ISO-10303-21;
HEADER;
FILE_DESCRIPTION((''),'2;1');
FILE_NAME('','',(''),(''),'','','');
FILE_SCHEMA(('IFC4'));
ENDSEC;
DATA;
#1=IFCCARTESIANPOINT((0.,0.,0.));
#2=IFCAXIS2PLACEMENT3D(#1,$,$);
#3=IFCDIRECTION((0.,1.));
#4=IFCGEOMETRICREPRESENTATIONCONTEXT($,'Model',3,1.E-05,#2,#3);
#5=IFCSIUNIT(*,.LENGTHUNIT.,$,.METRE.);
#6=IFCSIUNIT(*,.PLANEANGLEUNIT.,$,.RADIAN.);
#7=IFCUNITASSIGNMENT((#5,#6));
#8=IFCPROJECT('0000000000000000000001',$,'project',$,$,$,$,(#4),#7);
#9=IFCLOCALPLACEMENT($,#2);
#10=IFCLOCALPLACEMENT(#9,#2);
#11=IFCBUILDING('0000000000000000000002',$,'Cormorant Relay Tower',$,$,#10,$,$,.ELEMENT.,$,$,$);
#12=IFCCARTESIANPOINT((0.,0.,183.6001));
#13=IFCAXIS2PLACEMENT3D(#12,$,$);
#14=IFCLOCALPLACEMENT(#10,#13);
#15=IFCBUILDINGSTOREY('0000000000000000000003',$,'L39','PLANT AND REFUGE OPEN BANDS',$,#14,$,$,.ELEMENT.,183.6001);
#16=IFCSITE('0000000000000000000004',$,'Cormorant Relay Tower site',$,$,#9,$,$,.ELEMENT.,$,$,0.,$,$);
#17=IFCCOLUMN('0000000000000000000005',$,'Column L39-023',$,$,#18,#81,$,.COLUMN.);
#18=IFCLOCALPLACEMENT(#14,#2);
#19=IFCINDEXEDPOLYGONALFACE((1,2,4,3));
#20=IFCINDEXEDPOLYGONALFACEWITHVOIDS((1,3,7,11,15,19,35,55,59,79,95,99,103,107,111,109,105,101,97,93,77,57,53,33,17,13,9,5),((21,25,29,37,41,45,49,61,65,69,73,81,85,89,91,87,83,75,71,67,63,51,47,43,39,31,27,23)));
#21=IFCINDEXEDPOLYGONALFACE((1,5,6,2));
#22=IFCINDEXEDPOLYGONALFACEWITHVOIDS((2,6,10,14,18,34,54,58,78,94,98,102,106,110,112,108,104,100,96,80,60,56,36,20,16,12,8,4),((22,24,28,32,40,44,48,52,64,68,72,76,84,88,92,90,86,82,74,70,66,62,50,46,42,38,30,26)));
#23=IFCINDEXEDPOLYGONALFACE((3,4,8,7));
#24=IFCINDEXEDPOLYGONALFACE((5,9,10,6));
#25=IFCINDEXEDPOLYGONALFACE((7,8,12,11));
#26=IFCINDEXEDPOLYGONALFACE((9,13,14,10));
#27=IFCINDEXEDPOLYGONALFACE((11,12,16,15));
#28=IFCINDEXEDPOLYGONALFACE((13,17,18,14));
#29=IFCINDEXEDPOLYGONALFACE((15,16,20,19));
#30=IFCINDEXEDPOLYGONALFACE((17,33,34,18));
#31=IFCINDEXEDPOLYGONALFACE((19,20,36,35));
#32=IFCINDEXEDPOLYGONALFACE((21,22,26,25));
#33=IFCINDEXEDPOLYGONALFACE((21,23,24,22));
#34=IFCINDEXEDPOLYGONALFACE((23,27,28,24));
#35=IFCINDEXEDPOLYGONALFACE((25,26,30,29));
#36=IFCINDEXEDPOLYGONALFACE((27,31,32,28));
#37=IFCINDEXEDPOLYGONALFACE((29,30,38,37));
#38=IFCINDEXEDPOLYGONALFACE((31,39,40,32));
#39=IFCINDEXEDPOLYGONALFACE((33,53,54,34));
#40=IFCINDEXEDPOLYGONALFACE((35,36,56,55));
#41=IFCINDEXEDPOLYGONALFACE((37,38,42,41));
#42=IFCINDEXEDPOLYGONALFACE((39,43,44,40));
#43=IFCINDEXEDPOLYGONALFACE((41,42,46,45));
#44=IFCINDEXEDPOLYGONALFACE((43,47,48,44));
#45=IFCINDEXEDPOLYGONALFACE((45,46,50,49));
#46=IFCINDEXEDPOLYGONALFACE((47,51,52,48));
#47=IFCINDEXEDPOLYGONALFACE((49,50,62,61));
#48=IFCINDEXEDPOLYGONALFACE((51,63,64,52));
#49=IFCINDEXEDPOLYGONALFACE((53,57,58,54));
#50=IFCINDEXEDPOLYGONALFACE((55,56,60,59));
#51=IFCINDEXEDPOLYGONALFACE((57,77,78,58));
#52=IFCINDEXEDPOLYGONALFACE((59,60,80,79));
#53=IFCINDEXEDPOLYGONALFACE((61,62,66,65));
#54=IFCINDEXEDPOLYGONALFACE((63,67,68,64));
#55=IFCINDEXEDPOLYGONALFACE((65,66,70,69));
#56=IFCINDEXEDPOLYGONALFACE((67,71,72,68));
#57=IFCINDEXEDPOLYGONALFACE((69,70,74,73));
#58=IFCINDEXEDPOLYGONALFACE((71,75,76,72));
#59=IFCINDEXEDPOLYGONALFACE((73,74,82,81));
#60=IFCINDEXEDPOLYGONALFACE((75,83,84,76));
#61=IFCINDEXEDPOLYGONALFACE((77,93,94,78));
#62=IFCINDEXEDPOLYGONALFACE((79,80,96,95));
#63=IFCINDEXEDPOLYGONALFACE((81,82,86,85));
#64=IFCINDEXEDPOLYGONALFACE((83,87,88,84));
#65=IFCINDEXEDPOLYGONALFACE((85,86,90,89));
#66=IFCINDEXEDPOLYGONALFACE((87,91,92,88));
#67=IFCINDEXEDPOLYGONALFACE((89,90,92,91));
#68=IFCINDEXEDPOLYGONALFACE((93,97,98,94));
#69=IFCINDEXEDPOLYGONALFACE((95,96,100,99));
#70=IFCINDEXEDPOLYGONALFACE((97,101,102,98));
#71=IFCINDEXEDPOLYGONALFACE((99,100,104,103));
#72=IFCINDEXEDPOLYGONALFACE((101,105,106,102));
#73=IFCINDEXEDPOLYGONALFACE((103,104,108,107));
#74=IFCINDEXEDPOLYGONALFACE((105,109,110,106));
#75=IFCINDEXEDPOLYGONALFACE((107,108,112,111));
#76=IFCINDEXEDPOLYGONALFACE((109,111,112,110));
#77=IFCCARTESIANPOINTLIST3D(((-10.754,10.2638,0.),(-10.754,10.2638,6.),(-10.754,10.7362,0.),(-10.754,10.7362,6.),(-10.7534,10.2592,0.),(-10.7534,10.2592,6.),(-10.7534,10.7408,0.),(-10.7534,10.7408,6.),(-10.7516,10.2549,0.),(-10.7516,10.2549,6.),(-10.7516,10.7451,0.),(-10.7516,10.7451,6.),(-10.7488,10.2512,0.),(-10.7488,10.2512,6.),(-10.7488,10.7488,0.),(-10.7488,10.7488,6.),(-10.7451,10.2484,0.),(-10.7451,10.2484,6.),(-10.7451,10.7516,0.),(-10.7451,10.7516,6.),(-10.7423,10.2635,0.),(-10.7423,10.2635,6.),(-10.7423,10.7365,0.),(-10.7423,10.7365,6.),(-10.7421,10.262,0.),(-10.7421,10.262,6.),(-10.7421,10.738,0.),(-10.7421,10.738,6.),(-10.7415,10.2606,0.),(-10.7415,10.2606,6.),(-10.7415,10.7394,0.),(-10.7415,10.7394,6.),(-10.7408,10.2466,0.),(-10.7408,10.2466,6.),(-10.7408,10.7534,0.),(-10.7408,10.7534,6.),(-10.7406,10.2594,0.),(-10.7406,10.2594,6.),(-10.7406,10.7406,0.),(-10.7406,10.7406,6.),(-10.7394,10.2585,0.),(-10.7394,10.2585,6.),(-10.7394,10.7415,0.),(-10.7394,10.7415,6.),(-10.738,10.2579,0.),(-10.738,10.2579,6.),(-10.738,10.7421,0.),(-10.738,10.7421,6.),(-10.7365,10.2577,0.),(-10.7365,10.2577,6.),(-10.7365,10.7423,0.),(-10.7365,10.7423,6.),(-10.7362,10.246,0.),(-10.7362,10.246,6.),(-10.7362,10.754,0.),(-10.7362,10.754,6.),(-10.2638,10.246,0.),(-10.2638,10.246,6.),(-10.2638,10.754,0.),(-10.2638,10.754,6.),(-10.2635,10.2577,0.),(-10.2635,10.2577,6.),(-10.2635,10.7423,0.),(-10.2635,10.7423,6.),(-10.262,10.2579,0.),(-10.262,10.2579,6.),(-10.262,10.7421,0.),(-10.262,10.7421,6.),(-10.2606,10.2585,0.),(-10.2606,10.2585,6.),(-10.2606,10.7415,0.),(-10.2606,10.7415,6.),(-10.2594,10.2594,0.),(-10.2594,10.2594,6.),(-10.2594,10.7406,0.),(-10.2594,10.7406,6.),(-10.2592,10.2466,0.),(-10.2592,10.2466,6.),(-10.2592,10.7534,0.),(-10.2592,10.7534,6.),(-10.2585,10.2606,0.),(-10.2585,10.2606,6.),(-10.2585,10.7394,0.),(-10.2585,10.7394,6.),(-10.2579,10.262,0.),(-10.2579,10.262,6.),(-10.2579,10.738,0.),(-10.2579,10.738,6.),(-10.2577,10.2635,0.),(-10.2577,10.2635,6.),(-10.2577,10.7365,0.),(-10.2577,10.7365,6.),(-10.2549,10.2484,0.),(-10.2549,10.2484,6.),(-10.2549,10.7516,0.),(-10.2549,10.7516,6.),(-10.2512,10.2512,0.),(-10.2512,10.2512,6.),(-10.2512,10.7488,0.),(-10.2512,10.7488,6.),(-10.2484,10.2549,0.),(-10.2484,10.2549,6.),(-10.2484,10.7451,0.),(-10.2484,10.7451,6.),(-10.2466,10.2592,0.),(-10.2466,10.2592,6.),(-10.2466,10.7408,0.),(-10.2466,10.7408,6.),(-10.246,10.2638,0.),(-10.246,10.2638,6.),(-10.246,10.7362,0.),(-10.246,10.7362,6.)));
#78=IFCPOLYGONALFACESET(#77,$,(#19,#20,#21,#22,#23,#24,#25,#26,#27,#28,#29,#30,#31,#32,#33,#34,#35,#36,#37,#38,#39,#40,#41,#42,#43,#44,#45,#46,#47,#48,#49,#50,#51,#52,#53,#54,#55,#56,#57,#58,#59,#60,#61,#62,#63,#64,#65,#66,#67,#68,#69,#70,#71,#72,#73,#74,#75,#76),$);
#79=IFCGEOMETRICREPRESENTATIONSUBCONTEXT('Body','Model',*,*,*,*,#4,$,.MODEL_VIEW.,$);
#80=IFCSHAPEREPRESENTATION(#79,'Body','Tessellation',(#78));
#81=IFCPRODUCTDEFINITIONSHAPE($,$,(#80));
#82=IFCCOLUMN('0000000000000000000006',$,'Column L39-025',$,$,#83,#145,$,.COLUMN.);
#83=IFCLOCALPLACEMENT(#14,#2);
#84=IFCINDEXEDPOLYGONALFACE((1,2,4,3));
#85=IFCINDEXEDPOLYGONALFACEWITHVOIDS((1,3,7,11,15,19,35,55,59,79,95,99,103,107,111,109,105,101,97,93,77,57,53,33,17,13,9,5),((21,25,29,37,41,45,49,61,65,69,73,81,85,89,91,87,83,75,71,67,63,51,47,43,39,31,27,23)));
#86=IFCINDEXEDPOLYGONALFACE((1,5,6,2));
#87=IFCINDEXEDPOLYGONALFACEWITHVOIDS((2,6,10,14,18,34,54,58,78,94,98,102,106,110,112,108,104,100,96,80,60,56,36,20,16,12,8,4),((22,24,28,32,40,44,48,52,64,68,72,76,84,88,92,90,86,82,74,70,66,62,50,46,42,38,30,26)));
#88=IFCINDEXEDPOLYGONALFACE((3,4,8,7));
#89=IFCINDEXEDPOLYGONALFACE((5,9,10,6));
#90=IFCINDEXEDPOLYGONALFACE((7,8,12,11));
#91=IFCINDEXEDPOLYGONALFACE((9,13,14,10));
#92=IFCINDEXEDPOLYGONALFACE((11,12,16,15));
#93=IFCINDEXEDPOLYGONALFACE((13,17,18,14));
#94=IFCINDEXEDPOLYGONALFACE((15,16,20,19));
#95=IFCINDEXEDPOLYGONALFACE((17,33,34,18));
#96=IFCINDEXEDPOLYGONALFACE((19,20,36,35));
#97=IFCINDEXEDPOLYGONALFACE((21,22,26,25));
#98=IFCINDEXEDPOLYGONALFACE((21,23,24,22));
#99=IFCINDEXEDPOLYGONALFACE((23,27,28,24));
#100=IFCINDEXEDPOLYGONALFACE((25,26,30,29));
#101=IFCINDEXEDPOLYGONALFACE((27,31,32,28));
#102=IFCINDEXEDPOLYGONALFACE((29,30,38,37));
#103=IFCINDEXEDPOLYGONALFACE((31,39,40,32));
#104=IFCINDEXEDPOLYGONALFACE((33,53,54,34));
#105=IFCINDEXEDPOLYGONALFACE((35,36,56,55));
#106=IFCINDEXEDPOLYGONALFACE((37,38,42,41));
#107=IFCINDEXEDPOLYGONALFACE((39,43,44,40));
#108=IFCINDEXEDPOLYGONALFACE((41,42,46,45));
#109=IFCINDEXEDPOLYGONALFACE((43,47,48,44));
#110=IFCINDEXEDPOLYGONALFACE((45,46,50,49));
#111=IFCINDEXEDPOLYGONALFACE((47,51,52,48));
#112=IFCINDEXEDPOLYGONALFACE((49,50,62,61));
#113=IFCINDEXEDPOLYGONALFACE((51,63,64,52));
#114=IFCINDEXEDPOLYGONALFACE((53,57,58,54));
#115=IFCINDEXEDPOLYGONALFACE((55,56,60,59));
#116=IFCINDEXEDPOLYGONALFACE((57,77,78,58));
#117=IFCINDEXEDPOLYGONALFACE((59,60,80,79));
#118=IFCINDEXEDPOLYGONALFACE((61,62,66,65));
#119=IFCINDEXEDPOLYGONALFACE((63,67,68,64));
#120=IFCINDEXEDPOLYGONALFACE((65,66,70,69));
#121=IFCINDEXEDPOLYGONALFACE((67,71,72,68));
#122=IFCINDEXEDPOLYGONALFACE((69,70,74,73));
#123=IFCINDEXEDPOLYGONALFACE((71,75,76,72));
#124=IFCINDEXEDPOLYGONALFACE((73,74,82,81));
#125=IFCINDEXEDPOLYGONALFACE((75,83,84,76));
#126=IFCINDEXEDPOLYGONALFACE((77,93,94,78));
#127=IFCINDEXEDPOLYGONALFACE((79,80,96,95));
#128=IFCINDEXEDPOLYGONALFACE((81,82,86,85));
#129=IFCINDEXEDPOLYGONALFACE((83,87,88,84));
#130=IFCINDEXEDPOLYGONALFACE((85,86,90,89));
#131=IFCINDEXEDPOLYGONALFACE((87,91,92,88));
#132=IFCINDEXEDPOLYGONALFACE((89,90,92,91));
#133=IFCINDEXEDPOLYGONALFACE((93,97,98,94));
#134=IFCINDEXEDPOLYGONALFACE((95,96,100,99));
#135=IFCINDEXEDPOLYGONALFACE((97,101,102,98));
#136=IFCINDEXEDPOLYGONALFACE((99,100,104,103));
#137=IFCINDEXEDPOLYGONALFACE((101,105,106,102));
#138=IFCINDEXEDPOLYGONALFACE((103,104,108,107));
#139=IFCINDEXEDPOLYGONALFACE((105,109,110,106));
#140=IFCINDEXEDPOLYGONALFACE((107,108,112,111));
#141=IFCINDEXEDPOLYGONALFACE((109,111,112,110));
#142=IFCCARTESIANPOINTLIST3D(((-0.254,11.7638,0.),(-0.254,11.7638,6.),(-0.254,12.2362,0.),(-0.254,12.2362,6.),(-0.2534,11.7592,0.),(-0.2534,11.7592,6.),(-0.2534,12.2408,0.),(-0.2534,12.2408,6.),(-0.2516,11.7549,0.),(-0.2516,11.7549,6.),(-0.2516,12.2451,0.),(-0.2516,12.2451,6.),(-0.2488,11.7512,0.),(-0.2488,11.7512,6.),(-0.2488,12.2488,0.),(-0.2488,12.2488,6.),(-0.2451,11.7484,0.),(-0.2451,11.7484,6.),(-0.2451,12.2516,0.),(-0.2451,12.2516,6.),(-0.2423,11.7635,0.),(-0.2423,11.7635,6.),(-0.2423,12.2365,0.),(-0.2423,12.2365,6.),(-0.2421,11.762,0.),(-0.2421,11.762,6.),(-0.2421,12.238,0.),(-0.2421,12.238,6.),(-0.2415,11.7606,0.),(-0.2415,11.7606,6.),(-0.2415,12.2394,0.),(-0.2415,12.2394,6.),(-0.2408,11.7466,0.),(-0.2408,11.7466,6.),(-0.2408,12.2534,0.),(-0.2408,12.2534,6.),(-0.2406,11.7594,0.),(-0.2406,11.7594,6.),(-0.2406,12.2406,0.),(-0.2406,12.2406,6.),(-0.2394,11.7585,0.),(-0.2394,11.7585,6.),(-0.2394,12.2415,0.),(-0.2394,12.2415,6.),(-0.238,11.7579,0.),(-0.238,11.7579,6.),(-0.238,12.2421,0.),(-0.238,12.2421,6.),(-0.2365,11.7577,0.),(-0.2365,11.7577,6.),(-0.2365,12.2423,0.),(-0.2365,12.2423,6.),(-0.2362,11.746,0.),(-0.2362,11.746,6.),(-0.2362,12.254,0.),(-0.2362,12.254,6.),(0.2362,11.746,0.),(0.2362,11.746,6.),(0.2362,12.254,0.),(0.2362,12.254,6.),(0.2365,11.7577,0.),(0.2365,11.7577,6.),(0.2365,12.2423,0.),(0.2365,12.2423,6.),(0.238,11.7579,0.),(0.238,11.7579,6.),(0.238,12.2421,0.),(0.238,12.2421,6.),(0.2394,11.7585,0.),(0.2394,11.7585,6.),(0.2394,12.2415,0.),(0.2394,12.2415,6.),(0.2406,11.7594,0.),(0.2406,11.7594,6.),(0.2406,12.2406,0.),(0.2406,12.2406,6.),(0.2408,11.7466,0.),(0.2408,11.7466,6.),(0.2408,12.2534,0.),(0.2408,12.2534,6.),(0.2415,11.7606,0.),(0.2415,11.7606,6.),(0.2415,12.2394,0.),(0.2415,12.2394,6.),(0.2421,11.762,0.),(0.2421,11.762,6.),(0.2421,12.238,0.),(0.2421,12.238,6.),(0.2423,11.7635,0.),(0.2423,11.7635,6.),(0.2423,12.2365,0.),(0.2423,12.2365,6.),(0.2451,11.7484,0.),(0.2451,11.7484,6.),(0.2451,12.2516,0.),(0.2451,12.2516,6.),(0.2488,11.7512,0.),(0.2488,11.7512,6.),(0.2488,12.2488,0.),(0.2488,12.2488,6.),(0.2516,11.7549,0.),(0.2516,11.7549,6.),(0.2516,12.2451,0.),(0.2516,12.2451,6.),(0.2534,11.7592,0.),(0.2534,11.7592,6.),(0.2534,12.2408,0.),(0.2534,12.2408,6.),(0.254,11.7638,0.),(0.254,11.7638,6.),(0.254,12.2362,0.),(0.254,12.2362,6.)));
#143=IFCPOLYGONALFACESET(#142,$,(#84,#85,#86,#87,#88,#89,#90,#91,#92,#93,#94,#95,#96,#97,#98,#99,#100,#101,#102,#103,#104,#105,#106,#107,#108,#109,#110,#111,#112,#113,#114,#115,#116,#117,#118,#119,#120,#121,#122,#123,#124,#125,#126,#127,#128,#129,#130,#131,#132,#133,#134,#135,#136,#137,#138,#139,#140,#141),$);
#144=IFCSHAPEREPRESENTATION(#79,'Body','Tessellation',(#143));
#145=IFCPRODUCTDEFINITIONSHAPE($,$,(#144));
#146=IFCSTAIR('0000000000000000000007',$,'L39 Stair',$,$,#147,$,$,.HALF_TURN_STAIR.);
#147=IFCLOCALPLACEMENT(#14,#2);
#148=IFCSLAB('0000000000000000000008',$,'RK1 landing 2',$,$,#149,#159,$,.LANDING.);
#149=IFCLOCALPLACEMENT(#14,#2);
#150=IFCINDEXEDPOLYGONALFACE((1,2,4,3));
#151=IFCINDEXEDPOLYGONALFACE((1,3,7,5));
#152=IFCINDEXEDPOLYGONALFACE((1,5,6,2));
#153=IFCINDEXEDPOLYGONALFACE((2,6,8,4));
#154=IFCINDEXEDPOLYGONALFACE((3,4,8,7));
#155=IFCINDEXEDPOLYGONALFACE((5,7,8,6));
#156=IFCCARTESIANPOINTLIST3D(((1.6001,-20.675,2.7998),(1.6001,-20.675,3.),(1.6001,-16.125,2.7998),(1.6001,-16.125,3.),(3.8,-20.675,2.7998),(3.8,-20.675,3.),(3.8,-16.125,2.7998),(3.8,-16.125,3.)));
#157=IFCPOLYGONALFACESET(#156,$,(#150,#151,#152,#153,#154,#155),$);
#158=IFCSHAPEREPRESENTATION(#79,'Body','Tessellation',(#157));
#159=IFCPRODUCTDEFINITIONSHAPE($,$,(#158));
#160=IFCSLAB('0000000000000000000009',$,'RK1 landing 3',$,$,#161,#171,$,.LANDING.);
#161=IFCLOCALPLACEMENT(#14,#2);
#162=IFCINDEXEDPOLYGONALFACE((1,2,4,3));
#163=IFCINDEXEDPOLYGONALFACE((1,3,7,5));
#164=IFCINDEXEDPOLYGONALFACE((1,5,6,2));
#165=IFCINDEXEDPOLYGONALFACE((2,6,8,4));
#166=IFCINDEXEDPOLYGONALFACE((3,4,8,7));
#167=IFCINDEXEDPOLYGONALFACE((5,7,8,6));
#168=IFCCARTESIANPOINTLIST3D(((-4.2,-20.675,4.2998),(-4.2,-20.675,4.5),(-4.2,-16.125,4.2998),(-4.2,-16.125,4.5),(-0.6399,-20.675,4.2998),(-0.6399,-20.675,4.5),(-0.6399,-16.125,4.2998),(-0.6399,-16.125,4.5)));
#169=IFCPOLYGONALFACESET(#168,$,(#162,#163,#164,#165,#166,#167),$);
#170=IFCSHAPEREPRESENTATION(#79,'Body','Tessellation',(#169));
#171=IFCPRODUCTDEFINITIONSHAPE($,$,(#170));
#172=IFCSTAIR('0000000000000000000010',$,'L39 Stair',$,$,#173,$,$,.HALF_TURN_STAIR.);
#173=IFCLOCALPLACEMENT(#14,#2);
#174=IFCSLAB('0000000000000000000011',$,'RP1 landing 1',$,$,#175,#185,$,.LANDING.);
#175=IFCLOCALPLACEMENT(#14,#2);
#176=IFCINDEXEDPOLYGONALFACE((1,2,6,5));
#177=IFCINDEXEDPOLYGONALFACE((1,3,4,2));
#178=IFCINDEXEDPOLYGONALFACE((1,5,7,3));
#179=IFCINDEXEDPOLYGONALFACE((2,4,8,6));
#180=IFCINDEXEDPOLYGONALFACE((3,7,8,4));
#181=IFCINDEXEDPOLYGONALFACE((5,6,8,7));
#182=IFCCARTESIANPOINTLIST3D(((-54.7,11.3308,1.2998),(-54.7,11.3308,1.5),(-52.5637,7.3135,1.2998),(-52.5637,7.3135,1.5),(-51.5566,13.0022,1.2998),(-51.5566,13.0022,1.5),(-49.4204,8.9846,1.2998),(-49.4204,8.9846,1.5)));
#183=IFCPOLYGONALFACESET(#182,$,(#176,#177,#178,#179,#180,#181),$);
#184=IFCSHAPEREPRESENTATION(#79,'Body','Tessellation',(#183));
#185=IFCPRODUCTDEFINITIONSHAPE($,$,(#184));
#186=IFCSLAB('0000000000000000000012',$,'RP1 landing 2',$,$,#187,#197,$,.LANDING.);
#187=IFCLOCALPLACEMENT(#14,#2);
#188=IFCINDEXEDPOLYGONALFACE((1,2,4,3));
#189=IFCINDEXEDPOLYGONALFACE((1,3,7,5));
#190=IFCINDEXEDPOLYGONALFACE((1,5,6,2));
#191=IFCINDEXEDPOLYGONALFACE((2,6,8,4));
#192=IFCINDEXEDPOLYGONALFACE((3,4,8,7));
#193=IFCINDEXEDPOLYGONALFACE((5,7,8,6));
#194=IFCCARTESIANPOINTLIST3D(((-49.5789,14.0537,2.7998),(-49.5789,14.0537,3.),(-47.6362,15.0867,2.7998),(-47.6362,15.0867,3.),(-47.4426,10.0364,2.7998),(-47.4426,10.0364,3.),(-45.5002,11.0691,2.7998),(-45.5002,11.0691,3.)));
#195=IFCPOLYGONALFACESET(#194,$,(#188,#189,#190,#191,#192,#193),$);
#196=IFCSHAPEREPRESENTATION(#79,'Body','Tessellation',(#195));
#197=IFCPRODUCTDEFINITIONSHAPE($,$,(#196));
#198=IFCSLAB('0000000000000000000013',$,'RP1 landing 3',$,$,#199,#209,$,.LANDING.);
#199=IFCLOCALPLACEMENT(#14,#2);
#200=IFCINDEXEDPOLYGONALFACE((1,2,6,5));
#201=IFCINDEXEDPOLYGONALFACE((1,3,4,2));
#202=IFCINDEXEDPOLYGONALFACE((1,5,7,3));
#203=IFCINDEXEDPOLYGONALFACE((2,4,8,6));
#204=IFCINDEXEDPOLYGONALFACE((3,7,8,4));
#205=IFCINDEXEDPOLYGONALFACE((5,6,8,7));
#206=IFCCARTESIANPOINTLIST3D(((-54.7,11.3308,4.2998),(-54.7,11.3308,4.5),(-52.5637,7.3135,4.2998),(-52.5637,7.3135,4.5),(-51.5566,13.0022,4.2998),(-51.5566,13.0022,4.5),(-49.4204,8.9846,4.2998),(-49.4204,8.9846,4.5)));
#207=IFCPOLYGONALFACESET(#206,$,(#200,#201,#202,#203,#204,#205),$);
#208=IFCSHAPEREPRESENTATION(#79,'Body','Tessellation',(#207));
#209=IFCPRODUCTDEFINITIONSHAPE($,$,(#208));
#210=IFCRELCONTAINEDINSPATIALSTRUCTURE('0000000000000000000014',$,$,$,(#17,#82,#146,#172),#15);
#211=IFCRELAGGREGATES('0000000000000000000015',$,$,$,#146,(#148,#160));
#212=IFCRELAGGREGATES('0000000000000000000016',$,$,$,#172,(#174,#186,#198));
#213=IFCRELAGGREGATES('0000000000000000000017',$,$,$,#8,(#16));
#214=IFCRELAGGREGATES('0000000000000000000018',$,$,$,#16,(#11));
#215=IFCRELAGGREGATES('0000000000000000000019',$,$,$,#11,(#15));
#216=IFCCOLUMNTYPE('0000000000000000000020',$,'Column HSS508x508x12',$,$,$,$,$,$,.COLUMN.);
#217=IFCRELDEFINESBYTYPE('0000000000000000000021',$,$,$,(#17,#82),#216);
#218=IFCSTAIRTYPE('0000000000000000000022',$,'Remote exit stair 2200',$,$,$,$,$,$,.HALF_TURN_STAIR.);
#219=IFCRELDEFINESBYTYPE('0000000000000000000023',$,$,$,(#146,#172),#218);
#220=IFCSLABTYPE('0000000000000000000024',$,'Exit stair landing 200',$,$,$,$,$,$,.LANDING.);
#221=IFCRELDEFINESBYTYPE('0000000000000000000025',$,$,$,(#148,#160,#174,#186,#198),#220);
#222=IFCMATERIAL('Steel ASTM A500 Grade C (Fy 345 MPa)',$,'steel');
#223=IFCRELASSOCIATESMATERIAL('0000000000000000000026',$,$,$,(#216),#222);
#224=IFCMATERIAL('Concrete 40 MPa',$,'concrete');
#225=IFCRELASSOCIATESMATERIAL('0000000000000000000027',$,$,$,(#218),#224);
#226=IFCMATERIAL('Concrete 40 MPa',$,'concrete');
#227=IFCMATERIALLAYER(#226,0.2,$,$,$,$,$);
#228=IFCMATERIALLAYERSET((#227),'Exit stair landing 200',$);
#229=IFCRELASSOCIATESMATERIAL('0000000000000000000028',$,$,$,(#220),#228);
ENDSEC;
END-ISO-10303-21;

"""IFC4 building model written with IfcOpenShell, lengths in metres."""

from ifc_helpers import new_model, si_unit, direction, frame, origin, origin_2d, place, context, subcontext, project, spatial, polyline, hollow_rectangle, outline, extrude, material, layer, layer_set, material_profile, profile_set, type_object, element, aggregate, save


model = new_model("IFC4")

# Units and contexts
model_context = context("Model", 3, precision=1e-05, world=origin(), true_north=direction((0.0, 1.0)))
body_context = subcontext(model_context, "Body", "Model", "MODEL_VIEW")
ifc_project = project(units=[si_unit("LENGTHUNIT", "METRE"), si_unit("PLANEANGLEUNIT", "RADIAN")], contexts=[model_context])

# Site, building, storey
site_placement = place(None, origin())
site = spatial("IfcSite", under=ifc_project, at=site_placement, Name="Cormorant Relay Tower site", CompositionType="ELEMENT", RefElevation=0.0)
building_placement = place(site_placement, origin())
building = spatial("IfcBuilding", under=site, at=building_placement, Name="Cormorant Relay Tower", CompositionType="ELEMENT")
storey_placement = place(building_placement, frame((0.0, 0.0, 183.6001)))
storey = spatial("IfcBuildingStorey", under=building, at=storey_placement, Name="L39", Description="PLANT AND REFUGE OPEN BANDS", CompositionType="ELEMENT", Elevation=183.6001)

# Columns
ifc_material_1 = material(Name="Steel ASTM A500 Grade C (Fy 345 MPa)", Category="steel")
ifc_material_profile = material_profile(ifc_material_1, hollow_rectangle(XDim=0.5081, YDim=0.5081, WallThickness=0.0117, InnerFilletRadius=0.0059, OuterFilletRadius=0.0178, at=origin_2d()), Name="HSS508x508x12")
ifc_profile_set = profile_set([ifc_material_profile], Name="Steel ASTM A500 Grade C (Fy 345 MPa)")
column_type = type_object("IfcColumnType", Name="Column HSS508x508x12", PredefinedType="COLUMN", material=ifc_profile_set)
for number, where, z_axis, x_axis, name in (
    (1, (-10.5, 10.5, 0.0), (0.0, 0.0, 1.0), (1.0, 0.0, 0.0), "Column L39-023"),
    (2, (0.0, 12.0, 0.0), (0.0, 0.0, 1.0), (1.0, 0.0, 0.0), "Column L39-025"),
):
    element("IfcColumn", number, at=place(storey_placement, frame(where, z_axis=z_axis, x_axis=x_axis)), inside=storey, type_object=column_type, Name=name, PredefinedType="COLUMN", context=body_context, shape_type="SweptSolid", body=[
        extrude(hollow_rectangle(XDim=0.5081, YDim=0.5081, WallThickness=0.0117, InnerFilletRadius=0.0059, OuterFilletRadius=0.0178, at=origin_2d()), origin(), (0.0, 0.0, 1.0), 6.0),
    ])

# Stairs, slabs
ifc_material_2 = material(Name="Concrete 40 MPa", Category="concrete")
stair_type = type_object("IfcStairType", Name="Remote exit stair 2200", PredefinedType="HALF_TURN_STAIR", material=ifc_material_2)
stair_1_placement = place(storey_placement, origin())
stair_1 = element("IfcStair", 3, at=stair_1_placement, inside=storey, type_object=stair_type, Name="L39 Stair", PredefinedType="HALF_TURN_STAIR")
ifc_material_3 = material(Name="Concrete 40 MPa", Category="concrete")
ifc_layer_1 = layer(ifc_material_3, 0.2)
ifc_layer_set_1 = layer_set([ifc_layer_1], Name="Exit stair landing 200")
slab_type = type_object("IfcSlabType", Name="Exit stair landing 200", PredefinedType="LANDING", material=ifc_layer_set_1)
slab_1_placement = place(storey_placement, frame((0.0, 0.0, 2.7998)))
slab_1 = element("IfcSlab", 4, at=slab_1_placement, type_object=slab_type, Name="RK1 landing 2", PredefinedType="LANDING", context=body_context, shape_type="SweptSolid", body=[
    extrude(outline(polyline([(3.8, -16.125), (1.6001, -16.125), (1.6001, -20.675), (3.8, -20.675), (3.8, -16.125)])), origin(), (0.0, 0.0, 1.0), 0.2002),
])
slab_2_placement = place(storey_placement, frame((0.0, 0.0, 4.2998)))
slab_2 = element("IfcSlab", 5, at=slab_2_placement, type_object=slab_type, Name="RK1 landing 3", PredefinedType="LANDING", context=body_context, shape_type="SweptSolid", body=[
    extrude(outline(polyline([(-0.6399, -16.125), (-4.2, -16.125), (-4.2, -20.675), (-0.6399, -20.675), (-0.6399, -16.125)])), origin(), (0.0, 0.0, 1.0), 0.2002),
])
aggregate(stair_1, [slab_1, slab_2])
stair_2_placement = place(storey_placement, origin())
stair_2 = element("IfcStair", 6, at=stair_2_placement, inside=storey, type_object=stair_type, Name="L39 Stair", PredefinedType="HALF_TURN_STAIR")
slab_3_placement = place(storey_placement, frame((0.0, 0.0, 1.2998)))
slab_3 = element("IfcSlab", 7, at=slab_3_placement, type_object=slab_type, Name="RP1 landing 1", PredefinedType="LANDING", context=body_context, shape_type="SweptSolid", body=[
    extrude(outline(polyline([(-51.5566, 13.0022), (-54.7, 11.3308), (-52.5637, 7.3135), (-49.4204, 8.9846), (-51.5566, 13.0022)])), origin(), (0.0, 0.0, 1.0), 0.2002),
])
slab_4_placement = place(storey_placement, frame((0.0, 0.0, 2.7998)))
slab_4 = element("IfcSlab", 8, at=slab_4_placement, type_object=slab_type, Name="RP1 landing 2", PredefinedType="LANDING", context=body_context, shape_type="SweptSolid", body=[
    extrude(outline(polyline([(-47.6362, 15.0867), (-49.5789, 14.0537), (-47.4426, 10.0364), (-45.5002, 11.0691), (-47.6362, 15.0867)])), origin(), (0.0, 0.0, 1.0), 0.2002),
])
slab_5_placement = place(storey_placement, frame((0.0, 0.0, 4.2998)))
slab_5 = element("IfcSlab", 9, at=slab_5_placement, type_object=slab_type, Name="RP1 landing 3", PredefinedType="LANDING", context=body_context, shape_type="SweptSolid", body=[
    extrude(outline(polyline([(-51.5566, 13.0022), (-54.7, 11.3308), (-52.5637, 7.3135), (-49.4204, 8.9846), (-51.5566, 13.0022)])), origin(), (0.0, 0.0, 1.0), 0.2002),
])
aggregate(stair_2, [slab_3, slab_4, slab_5])

save(model, "model.ifc")
